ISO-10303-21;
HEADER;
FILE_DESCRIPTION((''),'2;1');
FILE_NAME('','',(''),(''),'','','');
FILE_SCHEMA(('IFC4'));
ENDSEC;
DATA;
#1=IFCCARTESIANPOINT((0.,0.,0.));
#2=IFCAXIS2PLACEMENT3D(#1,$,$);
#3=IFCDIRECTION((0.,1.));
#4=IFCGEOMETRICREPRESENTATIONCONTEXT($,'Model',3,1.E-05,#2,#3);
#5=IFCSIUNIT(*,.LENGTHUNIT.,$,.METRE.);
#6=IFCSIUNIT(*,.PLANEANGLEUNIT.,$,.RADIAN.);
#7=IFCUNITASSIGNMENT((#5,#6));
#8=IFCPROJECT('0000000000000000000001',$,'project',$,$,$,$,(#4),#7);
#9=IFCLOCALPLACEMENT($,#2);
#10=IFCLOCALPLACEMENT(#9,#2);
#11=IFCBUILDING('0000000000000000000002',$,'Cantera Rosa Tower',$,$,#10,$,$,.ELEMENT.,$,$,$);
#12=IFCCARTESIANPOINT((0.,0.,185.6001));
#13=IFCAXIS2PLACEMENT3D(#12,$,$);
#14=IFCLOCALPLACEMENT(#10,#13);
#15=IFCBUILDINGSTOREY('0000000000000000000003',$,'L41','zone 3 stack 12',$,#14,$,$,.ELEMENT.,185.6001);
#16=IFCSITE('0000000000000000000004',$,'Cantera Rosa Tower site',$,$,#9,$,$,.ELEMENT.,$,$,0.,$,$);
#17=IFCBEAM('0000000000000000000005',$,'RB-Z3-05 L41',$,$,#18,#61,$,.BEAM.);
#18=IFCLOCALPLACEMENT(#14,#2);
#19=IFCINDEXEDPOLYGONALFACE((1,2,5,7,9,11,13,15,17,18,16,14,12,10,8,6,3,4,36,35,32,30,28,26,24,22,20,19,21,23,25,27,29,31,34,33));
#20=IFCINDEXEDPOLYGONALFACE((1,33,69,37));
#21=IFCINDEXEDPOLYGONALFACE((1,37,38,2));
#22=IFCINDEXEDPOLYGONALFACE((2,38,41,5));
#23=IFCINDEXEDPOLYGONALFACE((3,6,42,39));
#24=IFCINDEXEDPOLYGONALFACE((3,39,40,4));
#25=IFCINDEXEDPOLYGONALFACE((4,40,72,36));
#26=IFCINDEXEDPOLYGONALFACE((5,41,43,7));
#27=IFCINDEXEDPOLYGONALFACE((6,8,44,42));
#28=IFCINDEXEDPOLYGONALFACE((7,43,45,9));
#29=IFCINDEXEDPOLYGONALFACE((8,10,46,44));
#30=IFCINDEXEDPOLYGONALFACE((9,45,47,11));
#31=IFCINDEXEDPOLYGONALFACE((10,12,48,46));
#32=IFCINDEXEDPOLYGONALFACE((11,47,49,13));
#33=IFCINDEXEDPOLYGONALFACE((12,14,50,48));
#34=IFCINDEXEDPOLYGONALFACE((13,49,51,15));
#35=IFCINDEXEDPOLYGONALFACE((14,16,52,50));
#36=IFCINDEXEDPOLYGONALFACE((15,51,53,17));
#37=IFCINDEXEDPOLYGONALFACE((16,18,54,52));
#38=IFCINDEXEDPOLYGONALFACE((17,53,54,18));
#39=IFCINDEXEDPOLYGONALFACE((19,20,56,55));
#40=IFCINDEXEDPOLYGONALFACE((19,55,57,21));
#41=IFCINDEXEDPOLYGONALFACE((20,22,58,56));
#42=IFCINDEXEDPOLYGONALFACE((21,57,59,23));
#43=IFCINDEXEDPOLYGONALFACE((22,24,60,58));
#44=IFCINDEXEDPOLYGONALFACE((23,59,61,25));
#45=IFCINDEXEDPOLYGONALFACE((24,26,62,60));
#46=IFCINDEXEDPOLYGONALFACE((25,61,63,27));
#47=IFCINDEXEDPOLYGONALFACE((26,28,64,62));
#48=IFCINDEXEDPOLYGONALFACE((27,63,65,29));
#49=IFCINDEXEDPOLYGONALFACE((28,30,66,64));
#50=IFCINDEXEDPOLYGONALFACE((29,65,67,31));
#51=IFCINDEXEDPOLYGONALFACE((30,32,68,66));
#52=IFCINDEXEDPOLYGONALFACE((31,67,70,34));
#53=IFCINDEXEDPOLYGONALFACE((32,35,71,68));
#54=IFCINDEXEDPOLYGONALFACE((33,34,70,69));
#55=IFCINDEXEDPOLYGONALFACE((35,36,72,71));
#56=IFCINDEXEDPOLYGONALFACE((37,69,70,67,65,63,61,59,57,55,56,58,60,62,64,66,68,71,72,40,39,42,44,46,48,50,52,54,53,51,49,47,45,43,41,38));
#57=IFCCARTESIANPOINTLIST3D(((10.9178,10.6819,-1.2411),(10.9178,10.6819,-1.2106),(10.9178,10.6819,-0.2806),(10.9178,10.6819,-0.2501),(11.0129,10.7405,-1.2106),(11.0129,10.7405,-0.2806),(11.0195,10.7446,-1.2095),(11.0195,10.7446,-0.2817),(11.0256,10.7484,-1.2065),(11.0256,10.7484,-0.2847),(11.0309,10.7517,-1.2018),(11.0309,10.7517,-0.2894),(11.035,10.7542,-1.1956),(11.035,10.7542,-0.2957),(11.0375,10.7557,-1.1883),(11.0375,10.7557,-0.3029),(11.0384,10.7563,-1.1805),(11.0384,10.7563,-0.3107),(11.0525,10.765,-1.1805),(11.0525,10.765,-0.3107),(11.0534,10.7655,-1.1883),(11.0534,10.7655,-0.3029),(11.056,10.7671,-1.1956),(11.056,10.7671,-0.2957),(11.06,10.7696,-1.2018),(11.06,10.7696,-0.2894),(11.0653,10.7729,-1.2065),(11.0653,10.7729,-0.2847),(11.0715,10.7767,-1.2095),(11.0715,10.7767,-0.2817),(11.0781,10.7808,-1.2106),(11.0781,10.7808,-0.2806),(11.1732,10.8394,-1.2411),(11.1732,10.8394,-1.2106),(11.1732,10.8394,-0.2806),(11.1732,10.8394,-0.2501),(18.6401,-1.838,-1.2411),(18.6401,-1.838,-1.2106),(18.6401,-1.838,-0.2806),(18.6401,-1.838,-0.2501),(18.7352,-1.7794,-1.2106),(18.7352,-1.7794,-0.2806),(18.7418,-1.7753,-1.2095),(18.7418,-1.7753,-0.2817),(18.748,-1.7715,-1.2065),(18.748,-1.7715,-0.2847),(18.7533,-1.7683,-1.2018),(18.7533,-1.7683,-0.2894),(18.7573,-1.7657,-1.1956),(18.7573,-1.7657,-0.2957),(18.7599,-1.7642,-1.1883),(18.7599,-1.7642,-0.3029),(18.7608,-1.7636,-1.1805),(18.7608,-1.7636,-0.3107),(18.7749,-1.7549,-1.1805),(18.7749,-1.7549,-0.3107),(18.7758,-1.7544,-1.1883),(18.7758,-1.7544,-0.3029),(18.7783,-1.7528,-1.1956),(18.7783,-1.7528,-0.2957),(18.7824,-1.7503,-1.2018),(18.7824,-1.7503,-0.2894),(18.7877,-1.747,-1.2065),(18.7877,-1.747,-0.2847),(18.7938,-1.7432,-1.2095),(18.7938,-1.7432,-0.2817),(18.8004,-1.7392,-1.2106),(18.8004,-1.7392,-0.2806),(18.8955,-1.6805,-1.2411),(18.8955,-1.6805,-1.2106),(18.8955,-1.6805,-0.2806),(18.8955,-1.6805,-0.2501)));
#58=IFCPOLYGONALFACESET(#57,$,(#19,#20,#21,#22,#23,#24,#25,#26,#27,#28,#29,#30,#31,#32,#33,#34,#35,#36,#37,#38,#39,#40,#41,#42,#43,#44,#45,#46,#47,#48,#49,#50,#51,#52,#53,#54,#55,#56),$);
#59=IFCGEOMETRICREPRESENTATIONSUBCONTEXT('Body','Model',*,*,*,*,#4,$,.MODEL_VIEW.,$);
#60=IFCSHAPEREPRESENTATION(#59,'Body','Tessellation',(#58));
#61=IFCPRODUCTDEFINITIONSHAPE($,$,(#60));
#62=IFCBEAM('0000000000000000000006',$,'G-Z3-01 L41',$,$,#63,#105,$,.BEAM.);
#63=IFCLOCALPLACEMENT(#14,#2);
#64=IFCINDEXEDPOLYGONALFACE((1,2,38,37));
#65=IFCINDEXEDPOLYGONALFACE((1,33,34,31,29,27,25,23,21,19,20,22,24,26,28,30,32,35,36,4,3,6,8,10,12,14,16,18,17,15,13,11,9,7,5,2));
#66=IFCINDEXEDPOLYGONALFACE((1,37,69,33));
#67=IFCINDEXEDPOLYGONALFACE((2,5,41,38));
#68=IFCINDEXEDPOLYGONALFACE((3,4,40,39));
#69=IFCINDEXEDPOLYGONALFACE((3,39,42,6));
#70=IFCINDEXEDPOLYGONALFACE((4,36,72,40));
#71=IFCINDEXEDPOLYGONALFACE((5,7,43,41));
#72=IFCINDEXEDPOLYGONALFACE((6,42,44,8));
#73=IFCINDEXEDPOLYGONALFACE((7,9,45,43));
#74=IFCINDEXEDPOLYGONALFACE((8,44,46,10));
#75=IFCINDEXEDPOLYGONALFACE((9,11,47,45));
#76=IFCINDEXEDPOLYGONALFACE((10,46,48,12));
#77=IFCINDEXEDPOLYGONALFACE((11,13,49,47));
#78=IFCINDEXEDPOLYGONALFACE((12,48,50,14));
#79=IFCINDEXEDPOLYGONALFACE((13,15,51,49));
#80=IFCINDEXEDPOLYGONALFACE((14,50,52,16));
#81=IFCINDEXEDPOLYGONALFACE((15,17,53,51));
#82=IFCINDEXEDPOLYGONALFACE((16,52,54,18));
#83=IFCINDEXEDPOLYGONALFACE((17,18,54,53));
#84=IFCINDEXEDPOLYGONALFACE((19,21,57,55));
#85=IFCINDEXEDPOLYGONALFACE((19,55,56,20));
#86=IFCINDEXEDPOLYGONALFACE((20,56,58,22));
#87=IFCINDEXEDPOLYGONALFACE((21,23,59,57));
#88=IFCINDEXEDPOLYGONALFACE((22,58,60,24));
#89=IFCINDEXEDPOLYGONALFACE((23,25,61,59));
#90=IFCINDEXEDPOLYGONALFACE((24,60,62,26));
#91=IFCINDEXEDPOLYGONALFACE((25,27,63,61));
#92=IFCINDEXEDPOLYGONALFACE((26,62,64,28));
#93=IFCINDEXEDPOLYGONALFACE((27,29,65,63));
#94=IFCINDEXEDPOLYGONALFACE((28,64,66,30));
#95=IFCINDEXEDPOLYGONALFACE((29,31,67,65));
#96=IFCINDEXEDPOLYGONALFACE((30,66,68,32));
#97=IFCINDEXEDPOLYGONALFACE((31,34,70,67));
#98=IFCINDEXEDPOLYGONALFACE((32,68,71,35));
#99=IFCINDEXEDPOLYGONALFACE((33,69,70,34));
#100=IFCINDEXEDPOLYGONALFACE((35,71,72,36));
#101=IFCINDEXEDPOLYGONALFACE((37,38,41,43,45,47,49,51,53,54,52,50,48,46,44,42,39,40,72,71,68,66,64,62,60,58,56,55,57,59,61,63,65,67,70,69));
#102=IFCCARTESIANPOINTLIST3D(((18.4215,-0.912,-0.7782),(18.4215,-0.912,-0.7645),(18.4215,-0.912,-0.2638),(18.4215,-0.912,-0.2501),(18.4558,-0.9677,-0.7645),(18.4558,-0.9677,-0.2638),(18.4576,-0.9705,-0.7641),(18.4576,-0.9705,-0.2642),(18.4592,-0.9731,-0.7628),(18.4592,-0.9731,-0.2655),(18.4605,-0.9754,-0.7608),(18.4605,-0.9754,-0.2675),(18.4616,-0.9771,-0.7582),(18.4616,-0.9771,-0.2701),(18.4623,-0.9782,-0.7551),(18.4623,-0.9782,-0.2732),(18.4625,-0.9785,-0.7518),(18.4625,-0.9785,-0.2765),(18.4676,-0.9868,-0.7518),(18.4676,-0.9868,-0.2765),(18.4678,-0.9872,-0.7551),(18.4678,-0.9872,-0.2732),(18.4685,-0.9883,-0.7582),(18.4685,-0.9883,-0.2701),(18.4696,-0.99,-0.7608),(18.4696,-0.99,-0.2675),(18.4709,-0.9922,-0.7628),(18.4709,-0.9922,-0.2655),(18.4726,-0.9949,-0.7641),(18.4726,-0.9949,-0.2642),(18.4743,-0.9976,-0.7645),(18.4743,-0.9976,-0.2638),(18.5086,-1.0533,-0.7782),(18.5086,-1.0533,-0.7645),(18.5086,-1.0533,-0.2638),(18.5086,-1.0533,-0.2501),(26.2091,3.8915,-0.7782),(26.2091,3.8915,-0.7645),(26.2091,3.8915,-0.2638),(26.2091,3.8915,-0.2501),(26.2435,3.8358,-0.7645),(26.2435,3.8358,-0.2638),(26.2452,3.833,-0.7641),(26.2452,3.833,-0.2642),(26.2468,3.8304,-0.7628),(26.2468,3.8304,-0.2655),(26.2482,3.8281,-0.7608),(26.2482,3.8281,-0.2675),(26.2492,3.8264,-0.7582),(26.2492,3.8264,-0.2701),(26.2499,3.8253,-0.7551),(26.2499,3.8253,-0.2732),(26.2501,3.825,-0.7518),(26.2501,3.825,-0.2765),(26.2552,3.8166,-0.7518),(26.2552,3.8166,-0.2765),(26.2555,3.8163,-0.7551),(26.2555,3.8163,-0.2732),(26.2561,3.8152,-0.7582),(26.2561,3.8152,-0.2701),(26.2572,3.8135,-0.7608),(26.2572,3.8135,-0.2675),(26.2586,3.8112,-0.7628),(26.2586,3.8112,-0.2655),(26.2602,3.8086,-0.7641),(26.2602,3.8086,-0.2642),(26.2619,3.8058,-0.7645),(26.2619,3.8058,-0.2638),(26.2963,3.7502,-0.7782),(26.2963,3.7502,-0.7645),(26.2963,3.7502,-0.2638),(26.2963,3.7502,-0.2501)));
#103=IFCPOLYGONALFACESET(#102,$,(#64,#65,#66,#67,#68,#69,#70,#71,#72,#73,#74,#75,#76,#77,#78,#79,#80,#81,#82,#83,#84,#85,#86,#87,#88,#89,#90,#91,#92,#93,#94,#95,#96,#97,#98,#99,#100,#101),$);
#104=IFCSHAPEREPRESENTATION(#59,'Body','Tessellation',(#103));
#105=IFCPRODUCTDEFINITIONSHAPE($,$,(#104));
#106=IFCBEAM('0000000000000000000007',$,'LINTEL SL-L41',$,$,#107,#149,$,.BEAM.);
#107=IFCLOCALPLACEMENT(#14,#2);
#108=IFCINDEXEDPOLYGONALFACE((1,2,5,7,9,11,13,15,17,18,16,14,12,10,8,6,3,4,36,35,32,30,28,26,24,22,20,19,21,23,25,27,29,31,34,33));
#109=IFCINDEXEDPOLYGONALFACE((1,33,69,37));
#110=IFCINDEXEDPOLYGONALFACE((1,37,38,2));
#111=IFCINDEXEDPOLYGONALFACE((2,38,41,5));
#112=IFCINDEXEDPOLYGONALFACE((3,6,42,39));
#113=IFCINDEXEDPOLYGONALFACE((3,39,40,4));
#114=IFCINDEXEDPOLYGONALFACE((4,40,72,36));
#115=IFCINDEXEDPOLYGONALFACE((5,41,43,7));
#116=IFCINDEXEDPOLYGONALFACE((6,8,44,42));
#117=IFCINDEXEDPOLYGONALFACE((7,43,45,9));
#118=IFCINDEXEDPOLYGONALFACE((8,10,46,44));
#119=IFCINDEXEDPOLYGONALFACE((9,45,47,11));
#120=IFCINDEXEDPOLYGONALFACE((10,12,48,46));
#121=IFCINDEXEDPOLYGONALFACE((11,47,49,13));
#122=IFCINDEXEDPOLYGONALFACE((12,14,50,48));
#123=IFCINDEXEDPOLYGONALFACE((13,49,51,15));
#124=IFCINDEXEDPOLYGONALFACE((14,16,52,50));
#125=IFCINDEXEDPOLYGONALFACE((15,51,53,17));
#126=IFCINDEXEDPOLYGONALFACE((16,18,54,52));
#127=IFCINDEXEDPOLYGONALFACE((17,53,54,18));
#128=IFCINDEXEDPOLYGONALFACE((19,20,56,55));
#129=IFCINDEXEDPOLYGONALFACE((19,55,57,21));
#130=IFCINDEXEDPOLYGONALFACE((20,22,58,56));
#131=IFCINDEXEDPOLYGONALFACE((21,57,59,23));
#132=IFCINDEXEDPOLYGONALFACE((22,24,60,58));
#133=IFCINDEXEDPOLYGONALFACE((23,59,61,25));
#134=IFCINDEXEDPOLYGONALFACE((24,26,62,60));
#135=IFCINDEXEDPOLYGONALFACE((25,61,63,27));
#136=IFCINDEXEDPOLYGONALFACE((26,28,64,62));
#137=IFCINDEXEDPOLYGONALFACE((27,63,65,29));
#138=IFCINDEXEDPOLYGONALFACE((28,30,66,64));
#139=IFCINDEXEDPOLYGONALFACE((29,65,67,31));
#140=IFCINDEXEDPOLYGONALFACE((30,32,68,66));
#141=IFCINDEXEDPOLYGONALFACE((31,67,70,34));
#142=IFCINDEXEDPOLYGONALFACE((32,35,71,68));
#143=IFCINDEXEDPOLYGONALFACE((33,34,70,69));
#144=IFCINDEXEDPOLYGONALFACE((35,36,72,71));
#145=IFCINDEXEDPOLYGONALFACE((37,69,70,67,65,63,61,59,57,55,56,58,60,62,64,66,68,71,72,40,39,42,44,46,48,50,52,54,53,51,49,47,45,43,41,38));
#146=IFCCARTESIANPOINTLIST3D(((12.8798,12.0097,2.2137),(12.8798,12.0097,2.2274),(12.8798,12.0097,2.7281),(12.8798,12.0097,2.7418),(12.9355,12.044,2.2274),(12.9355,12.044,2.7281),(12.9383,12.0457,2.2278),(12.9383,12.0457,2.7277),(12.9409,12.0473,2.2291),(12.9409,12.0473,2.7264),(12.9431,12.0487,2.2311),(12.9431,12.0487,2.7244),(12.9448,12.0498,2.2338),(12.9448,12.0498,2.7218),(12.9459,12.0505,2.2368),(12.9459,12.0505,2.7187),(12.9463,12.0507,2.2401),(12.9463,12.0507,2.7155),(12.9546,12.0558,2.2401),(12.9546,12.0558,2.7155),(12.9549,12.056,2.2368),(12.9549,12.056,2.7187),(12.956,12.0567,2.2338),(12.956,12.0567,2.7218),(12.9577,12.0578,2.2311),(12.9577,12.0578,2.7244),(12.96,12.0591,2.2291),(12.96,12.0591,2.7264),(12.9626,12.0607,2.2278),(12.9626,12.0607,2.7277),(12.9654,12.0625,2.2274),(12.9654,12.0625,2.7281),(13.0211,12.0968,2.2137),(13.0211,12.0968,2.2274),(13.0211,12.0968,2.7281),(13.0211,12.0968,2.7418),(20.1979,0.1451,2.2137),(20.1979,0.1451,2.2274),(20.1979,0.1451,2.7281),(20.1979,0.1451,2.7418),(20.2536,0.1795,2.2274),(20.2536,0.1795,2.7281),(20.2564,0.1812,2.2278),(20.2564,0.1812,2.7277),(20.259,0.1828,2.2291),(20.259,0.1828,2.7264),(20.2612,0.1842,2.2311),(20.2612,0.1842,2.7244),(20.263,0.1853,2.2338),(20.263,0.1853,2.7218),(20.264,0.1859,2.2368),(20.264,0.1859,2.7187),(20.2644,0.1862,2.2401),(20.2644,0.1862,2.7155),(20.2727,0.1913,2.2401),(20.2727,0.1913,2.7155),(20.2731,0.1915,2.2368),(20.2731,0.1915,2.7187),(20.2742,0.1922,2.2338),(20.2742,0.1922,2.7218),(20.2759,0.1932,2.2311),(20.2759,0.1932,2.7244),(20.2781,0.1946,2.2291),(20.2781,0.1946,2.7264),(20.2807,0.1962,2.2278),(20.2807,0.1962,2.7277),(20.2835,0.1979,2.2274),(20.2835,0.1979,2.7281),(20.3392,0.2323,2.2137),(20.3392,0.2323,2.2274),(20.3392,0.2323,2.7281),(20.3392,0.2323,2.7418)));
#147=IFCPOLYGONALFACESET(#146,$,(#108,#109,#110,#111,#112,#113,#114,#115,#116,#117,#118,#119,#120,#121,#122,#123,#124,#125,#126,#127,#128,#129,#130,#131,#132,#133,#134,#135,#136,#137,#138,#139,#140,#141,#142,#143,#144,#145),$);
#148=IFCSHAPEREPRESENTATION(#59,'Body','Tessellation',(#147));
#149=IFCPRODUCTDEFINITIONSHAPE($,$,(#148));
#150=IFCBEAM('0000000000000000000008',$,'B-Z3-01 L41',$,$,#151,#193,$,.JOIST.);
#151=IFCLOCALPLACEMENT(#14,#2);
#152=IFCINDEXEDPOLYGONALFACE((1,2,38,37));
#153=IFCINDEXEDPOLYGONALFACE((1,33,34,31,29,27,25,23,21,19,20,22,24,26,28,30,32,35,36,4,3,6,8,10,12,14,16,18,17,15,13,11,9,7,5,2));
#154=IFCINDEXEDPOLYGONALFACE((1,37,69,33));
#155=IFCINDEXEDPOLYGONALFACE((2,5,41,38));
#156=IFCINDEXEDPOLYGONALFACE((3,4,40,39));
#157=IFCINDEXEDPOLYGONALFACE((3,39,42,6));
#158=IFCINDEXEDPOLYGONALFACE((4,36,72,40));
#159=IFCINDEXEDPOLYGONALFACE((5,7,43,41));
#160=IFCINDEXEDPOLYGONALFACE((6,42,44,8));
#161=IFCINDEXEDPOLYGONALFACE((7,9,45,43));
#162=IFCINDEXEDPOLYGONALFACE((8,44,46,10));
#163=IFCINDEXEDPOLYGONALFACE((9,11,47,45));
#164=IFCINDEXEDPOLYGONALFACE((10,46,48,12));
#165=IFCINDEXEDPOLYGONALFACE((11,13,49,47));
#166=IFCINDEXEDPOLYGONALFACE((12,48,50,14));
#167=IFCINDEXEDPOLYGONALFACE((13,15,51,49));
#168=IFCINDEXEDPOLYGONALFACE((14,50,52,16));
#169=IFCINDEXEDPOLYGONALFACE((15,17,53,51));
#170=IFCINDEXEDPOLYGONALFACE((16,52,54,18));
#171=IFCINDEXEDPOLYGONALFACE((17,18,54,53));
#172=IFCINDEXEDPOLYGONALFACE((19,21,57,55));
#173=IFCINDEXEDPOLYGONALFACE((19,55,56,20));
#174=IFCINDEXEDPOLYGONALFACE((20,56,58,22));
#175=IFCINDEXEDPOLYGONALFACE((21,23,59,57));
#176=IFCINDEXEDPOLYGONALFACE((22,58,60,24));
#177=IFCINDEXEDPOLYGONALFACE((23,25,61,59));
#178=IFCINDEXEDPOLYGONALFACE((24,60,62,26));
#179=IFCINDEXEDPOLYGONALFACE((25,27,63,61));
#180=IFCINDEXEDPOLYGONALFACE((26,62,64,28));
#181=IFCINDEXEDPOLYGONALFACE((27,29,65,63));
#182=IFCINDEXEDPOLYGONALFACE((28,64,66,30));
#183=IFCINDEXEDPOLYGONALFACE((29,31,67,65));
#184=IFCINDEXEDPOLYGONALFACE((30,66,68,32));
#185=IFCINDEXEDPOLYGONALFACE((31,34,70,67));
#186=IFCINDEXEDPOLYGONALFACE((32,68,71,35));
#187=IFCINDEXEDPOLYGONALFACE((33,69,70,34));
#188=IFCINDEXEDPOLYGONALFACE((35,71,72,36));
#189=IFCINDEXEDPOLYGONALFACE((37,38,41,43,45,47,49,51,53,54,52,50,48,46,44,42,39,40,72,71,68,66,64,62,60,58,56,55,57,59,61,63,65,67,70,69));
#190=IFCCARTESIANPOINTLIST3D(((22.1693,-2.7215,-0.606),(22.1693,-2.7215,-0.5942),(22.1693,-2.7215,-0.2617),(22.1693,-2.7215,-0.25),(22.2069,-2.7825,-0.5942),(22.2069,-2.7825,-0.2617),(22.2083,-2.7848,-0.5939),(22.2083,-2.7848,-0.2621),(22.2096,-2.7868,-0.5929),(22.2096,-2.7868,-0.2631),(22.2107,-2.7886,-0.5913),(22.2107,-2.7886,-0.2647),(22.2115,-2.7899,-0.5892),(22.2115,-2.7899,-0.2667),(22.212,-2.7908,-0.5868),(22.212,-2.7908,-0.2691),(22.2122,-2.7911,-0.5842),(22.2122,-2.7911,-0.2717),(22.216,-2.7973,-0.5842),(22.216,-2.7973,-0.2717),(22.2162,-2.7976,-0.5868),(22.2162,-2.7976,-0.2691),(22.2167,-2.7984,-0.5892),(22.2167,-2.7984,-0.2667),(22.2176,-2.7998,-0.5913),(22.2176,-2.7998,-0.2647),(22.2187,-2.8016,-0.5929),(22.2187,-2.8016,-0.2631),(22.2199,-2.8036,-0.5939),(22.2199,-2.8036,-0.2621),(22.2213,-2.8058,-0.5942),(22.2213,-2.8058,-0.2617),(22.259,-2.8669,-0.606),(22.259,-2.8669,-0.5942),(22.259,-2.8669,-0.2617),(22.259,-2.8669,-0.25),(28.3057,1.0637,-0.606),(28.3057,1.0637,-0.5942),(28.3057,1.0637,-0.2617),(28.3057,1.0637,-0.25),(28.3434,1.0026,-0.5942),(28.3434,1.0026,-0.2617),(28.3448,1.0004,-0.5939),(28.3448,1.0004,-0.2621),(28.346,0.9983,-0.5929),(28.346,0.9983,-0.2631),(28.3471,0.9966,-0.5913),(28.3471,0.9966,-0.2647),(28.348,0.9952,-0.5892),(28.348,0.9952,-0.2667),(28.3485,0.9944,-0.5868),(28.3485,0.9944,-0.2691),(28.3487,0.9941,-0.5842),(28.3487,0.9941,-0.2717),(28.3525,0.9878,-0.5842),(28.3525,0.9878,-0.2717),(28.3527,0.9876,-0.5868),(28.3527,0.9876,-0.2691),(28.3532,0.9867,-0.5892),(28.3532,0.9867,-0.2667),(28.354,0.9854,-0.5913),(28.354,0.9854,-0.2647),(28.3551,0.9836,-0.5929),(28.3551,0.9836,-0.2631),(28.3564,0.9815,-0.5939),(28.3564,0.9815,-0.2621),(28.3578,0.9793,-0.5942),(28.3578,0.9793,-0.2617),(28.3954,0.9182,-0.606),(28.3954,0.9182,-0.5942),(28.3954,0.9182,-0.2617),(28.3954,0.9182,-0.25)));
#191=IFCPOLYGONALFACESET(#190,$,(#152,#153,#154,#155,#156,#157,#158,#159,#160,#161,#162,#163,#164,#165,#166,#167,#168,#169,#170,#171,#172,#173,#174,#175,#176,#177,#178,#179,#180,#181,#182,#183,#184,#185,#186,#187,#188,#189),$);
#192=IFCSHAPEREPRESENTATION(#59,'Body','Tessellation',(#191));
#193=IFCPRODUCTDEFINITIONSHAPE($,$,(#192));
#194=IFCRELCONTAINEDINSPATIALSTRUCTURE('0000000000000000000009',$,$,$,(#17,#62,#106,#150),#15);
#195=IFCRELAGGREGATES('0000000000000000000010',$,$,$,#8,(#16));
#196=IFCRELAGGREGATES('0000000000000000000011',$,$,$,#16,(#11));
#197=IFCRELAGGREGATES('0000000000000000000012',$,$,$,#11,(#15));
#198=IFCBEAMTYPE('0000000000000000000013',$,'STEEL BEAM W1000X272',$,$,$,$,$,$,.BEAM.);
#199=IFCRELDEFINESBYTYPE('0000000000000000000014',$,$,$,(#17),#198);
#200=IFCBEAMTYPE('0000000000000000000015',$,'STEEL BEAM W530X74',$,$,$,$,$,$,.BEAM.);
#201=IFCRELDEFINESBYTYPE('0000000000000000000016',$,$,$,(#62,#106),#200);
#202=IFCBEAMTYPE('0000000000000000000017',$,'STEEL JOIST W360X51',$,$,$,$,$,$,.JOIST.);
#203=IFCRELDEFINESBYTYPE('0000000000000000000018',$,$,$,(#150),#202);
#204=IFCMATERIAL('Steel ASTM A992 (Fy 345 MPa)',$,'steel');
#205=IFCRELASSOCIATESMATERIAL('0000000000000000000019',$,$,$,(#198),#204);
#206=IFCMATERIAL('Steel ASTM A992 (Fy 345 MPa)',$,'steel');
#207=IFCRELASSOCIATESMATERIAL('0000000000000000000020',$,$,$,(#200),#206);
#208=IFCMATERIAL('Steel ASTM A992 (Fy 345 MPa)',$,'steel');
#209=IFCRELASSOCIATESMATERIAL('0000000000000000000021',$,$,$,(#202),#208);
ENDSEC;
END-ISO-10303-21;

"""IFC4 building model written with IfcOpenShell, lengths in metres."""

from ifc_helpers import new_model, si_unit, direction, frame, origin, origin_2d, place, context, subcontext, project, spatial, i_section, extrude, material, material_profile, profile_set, type_object, element, save


model = new_model("IFC4")

# Units and contexts
model_context = context("Model", 3, precision=1e-05, world=origin(), true_north=direction((0.0, 1.0)))
body_context = subcontext(model_context, "Body", "Model", "MODEL_VIEW")
ifc_project = project(units=[si_unit("LENGTHUNIT", "METRE"), si_unit("PLANEANGLEUNIT", "RADIAN")], contexts=[model_context])

# Site, building, storey
site_placement = place(None, origin())
site = spatial("IfcSite", under=ifc_project, at=site_placement, Name="Cantera Rosa Tower site", CompositionType="ELEMENT", RefElevation=0.0)
building_placement = place(site_placement, origin())
building = spatial("IfcBuilding", under=site, at=building_placement, Name="Cantera Rosa Tower", CompositionType="ELEMENT")
storey_placement = place(building_placement, frame((0.0, 0.0, 185.6001)))
storey = spatial("IfcBuildingStorey", under=building, at=storey_placement, Name="L41", Description="zone 3 stack 12", CompositionType="ELEMENT", Elevation=185.6001)

# Beams
ifc_material_1 = material(Name="Steel ASTM A992 (Fy 345 MPa)", Category="steel")
ifc_material_profile_1 = material_profile(ifc_material_1, i_section(OverallWidth=0.3, OverallDepth=0.991, WebThickness=0.0166, FlangeThickness=0.0305, FilletRadius=0.03, at=origin_2d()), Name="W1000X272")
ifc_profile_set_1 = profile_set([ifc_material_profile_1], Name="Steel ASTM A992 (Fy 345 MPa)")
beam_type_1 = type_object("IfcBeamType", Name="STEEL BEAM W1000X272", PredefinedType="BEAM", material=ifc_profile_set_1)
beam_1_placement = place(storey_placement, frame((18.7678, -1.7593, -0.7456), z_axis=(-0.524974, 0.851118, 0.0), x_axis=(-0.851118, -0.524974, 0.0)))
element("IfcBeam", 1, at=beam_1_placement, inside=storey, type_object=beam_type_1, Name="RB-Z3-05 L41", PredefinedType="BEAM", context=body_context, shape_type="SweptSolid", body=[
    extrude(i_section(OverallWidth=0.3, OverallDepth=0.991, WebThickness=0.0166, FlangeThickness=0.0305, FilletRadius=0.03, at=origin_2d()), origin(), (0.0, 0.0, 1.0), 14.71),
])
ifc_material_2 = material(Name="Steel ASTM A992 (Fy 345 MPa)", Category="steel")
ifc_material_profile_2 = material_profile(ifc_material_2, i_section(OverallWidth=0.166, OverallDepth=0.5281, WebThickness=0.0098, FlangeThickness=0.0137, FilletRadius=0.0127, at=origin_2d()), Name="W530X74")
ifc_profile_set_2 = profile_set([ifc_material_profile_2], Name="Steel ASTM A992 (Fy 345 MPa)")
beam_type_2 = type_object("IfcBeamType", Name="STEEL BEAM W530X74", PredefinedType="BEAM", material=ifc_profile_set_2)
beam_2_placement = place(storey_placement, frame((26.2527, 3.8208, -0.5142), z_axis=(-0.851116, -0.524977, 0.0), x_axis=(0.524977, -0.851116, 0.0)))
element("IfcBeam", 2, at=beam_2_placement, inside=storey, type_object=beam_type_2, Name="G-Z3-01 L41", PredefinedType="BEAM", context=body_context, shape_type="SweptSolid", body=[
    extrude(i_section(OverallWidth=0.166, OverallDepth=0.5281, WebThickness=0.0098, FlangeThickness=0.0137, FilletRadius=0.0127, at=origin_2d()), origin(), (0.0, 0.0, 1.0), 9.1499),
])
beam_3_placement = place(storey_placement, frame((20.2686, 0.1887, 2.4778), z_axis=(-0.524976, 0.851117, 0.0), x_axis=(-0.851117, -0.524976, 0.0)))
element("IfcBeam", 3, at=beam_3_placement, inside=storey, type_object=beam_type_2, Name="LINTEL SL-L41", PredefinedType="BEAM", context=body_context, shape_type="SweptSolid", body=[
    extrude(i_section(OverallWidth=0.166, OverallDepth=0.5281, WebThickness=0.0098, FlangeThickness=0.0137, FilletRadius=0.0127, at=origin_2d()), origin(), (0.0, 0.0, 1.0), 13.9399),
])
ifc_material_3 = material(Name="Steel ASTM A992 (Fy 345 MPa)", Category="steel")
ifc_material_profile_3 = material_profile(ifc_material_3, i_section(OverallWidth=0.1709, OverallDepth=0.356, WebThickness=0.0073, FlangeThickness=0.0117, FilletRadius=0.01, at=origin_2d()), Name="W360X51")
ifc_profile_set_3 = profile_set([ifc_material_profile_3], Name="Steel ASTM A992 (Fy 345 MPa)")
beam_type_3 = type_object("IfcBeamType", Name="STEEL JOIST W360X51", PredefinedType="JOIST", material=ifc_profile_set_3)
beam_4_placement = place(storey_placement, frame((28.3506, 0.991, -0.428), z_axis=(-0.851109, -0.524989, 0.0), x_axis=(0.524989, -0.851109, 0.0)))
element("IfcBeam", 4, at=beam_4_placement, inside=storey, type_object=beam_type_3, Name="B-Z3-01 L41", PredefinedType="JOIST", context=body_context, shape_type="SweptSolid", body=[
    extrude(i_section(OverallWidth=0.1709, OverallDepth=0.356, WebThickness=0.0073, FlangeThickness=0.0117, FilletRadius=0.01, at=origin_2d()), origin(), (0.0, 0.0, 1.0), 7.21),
])

save(model, "model.ifc")
